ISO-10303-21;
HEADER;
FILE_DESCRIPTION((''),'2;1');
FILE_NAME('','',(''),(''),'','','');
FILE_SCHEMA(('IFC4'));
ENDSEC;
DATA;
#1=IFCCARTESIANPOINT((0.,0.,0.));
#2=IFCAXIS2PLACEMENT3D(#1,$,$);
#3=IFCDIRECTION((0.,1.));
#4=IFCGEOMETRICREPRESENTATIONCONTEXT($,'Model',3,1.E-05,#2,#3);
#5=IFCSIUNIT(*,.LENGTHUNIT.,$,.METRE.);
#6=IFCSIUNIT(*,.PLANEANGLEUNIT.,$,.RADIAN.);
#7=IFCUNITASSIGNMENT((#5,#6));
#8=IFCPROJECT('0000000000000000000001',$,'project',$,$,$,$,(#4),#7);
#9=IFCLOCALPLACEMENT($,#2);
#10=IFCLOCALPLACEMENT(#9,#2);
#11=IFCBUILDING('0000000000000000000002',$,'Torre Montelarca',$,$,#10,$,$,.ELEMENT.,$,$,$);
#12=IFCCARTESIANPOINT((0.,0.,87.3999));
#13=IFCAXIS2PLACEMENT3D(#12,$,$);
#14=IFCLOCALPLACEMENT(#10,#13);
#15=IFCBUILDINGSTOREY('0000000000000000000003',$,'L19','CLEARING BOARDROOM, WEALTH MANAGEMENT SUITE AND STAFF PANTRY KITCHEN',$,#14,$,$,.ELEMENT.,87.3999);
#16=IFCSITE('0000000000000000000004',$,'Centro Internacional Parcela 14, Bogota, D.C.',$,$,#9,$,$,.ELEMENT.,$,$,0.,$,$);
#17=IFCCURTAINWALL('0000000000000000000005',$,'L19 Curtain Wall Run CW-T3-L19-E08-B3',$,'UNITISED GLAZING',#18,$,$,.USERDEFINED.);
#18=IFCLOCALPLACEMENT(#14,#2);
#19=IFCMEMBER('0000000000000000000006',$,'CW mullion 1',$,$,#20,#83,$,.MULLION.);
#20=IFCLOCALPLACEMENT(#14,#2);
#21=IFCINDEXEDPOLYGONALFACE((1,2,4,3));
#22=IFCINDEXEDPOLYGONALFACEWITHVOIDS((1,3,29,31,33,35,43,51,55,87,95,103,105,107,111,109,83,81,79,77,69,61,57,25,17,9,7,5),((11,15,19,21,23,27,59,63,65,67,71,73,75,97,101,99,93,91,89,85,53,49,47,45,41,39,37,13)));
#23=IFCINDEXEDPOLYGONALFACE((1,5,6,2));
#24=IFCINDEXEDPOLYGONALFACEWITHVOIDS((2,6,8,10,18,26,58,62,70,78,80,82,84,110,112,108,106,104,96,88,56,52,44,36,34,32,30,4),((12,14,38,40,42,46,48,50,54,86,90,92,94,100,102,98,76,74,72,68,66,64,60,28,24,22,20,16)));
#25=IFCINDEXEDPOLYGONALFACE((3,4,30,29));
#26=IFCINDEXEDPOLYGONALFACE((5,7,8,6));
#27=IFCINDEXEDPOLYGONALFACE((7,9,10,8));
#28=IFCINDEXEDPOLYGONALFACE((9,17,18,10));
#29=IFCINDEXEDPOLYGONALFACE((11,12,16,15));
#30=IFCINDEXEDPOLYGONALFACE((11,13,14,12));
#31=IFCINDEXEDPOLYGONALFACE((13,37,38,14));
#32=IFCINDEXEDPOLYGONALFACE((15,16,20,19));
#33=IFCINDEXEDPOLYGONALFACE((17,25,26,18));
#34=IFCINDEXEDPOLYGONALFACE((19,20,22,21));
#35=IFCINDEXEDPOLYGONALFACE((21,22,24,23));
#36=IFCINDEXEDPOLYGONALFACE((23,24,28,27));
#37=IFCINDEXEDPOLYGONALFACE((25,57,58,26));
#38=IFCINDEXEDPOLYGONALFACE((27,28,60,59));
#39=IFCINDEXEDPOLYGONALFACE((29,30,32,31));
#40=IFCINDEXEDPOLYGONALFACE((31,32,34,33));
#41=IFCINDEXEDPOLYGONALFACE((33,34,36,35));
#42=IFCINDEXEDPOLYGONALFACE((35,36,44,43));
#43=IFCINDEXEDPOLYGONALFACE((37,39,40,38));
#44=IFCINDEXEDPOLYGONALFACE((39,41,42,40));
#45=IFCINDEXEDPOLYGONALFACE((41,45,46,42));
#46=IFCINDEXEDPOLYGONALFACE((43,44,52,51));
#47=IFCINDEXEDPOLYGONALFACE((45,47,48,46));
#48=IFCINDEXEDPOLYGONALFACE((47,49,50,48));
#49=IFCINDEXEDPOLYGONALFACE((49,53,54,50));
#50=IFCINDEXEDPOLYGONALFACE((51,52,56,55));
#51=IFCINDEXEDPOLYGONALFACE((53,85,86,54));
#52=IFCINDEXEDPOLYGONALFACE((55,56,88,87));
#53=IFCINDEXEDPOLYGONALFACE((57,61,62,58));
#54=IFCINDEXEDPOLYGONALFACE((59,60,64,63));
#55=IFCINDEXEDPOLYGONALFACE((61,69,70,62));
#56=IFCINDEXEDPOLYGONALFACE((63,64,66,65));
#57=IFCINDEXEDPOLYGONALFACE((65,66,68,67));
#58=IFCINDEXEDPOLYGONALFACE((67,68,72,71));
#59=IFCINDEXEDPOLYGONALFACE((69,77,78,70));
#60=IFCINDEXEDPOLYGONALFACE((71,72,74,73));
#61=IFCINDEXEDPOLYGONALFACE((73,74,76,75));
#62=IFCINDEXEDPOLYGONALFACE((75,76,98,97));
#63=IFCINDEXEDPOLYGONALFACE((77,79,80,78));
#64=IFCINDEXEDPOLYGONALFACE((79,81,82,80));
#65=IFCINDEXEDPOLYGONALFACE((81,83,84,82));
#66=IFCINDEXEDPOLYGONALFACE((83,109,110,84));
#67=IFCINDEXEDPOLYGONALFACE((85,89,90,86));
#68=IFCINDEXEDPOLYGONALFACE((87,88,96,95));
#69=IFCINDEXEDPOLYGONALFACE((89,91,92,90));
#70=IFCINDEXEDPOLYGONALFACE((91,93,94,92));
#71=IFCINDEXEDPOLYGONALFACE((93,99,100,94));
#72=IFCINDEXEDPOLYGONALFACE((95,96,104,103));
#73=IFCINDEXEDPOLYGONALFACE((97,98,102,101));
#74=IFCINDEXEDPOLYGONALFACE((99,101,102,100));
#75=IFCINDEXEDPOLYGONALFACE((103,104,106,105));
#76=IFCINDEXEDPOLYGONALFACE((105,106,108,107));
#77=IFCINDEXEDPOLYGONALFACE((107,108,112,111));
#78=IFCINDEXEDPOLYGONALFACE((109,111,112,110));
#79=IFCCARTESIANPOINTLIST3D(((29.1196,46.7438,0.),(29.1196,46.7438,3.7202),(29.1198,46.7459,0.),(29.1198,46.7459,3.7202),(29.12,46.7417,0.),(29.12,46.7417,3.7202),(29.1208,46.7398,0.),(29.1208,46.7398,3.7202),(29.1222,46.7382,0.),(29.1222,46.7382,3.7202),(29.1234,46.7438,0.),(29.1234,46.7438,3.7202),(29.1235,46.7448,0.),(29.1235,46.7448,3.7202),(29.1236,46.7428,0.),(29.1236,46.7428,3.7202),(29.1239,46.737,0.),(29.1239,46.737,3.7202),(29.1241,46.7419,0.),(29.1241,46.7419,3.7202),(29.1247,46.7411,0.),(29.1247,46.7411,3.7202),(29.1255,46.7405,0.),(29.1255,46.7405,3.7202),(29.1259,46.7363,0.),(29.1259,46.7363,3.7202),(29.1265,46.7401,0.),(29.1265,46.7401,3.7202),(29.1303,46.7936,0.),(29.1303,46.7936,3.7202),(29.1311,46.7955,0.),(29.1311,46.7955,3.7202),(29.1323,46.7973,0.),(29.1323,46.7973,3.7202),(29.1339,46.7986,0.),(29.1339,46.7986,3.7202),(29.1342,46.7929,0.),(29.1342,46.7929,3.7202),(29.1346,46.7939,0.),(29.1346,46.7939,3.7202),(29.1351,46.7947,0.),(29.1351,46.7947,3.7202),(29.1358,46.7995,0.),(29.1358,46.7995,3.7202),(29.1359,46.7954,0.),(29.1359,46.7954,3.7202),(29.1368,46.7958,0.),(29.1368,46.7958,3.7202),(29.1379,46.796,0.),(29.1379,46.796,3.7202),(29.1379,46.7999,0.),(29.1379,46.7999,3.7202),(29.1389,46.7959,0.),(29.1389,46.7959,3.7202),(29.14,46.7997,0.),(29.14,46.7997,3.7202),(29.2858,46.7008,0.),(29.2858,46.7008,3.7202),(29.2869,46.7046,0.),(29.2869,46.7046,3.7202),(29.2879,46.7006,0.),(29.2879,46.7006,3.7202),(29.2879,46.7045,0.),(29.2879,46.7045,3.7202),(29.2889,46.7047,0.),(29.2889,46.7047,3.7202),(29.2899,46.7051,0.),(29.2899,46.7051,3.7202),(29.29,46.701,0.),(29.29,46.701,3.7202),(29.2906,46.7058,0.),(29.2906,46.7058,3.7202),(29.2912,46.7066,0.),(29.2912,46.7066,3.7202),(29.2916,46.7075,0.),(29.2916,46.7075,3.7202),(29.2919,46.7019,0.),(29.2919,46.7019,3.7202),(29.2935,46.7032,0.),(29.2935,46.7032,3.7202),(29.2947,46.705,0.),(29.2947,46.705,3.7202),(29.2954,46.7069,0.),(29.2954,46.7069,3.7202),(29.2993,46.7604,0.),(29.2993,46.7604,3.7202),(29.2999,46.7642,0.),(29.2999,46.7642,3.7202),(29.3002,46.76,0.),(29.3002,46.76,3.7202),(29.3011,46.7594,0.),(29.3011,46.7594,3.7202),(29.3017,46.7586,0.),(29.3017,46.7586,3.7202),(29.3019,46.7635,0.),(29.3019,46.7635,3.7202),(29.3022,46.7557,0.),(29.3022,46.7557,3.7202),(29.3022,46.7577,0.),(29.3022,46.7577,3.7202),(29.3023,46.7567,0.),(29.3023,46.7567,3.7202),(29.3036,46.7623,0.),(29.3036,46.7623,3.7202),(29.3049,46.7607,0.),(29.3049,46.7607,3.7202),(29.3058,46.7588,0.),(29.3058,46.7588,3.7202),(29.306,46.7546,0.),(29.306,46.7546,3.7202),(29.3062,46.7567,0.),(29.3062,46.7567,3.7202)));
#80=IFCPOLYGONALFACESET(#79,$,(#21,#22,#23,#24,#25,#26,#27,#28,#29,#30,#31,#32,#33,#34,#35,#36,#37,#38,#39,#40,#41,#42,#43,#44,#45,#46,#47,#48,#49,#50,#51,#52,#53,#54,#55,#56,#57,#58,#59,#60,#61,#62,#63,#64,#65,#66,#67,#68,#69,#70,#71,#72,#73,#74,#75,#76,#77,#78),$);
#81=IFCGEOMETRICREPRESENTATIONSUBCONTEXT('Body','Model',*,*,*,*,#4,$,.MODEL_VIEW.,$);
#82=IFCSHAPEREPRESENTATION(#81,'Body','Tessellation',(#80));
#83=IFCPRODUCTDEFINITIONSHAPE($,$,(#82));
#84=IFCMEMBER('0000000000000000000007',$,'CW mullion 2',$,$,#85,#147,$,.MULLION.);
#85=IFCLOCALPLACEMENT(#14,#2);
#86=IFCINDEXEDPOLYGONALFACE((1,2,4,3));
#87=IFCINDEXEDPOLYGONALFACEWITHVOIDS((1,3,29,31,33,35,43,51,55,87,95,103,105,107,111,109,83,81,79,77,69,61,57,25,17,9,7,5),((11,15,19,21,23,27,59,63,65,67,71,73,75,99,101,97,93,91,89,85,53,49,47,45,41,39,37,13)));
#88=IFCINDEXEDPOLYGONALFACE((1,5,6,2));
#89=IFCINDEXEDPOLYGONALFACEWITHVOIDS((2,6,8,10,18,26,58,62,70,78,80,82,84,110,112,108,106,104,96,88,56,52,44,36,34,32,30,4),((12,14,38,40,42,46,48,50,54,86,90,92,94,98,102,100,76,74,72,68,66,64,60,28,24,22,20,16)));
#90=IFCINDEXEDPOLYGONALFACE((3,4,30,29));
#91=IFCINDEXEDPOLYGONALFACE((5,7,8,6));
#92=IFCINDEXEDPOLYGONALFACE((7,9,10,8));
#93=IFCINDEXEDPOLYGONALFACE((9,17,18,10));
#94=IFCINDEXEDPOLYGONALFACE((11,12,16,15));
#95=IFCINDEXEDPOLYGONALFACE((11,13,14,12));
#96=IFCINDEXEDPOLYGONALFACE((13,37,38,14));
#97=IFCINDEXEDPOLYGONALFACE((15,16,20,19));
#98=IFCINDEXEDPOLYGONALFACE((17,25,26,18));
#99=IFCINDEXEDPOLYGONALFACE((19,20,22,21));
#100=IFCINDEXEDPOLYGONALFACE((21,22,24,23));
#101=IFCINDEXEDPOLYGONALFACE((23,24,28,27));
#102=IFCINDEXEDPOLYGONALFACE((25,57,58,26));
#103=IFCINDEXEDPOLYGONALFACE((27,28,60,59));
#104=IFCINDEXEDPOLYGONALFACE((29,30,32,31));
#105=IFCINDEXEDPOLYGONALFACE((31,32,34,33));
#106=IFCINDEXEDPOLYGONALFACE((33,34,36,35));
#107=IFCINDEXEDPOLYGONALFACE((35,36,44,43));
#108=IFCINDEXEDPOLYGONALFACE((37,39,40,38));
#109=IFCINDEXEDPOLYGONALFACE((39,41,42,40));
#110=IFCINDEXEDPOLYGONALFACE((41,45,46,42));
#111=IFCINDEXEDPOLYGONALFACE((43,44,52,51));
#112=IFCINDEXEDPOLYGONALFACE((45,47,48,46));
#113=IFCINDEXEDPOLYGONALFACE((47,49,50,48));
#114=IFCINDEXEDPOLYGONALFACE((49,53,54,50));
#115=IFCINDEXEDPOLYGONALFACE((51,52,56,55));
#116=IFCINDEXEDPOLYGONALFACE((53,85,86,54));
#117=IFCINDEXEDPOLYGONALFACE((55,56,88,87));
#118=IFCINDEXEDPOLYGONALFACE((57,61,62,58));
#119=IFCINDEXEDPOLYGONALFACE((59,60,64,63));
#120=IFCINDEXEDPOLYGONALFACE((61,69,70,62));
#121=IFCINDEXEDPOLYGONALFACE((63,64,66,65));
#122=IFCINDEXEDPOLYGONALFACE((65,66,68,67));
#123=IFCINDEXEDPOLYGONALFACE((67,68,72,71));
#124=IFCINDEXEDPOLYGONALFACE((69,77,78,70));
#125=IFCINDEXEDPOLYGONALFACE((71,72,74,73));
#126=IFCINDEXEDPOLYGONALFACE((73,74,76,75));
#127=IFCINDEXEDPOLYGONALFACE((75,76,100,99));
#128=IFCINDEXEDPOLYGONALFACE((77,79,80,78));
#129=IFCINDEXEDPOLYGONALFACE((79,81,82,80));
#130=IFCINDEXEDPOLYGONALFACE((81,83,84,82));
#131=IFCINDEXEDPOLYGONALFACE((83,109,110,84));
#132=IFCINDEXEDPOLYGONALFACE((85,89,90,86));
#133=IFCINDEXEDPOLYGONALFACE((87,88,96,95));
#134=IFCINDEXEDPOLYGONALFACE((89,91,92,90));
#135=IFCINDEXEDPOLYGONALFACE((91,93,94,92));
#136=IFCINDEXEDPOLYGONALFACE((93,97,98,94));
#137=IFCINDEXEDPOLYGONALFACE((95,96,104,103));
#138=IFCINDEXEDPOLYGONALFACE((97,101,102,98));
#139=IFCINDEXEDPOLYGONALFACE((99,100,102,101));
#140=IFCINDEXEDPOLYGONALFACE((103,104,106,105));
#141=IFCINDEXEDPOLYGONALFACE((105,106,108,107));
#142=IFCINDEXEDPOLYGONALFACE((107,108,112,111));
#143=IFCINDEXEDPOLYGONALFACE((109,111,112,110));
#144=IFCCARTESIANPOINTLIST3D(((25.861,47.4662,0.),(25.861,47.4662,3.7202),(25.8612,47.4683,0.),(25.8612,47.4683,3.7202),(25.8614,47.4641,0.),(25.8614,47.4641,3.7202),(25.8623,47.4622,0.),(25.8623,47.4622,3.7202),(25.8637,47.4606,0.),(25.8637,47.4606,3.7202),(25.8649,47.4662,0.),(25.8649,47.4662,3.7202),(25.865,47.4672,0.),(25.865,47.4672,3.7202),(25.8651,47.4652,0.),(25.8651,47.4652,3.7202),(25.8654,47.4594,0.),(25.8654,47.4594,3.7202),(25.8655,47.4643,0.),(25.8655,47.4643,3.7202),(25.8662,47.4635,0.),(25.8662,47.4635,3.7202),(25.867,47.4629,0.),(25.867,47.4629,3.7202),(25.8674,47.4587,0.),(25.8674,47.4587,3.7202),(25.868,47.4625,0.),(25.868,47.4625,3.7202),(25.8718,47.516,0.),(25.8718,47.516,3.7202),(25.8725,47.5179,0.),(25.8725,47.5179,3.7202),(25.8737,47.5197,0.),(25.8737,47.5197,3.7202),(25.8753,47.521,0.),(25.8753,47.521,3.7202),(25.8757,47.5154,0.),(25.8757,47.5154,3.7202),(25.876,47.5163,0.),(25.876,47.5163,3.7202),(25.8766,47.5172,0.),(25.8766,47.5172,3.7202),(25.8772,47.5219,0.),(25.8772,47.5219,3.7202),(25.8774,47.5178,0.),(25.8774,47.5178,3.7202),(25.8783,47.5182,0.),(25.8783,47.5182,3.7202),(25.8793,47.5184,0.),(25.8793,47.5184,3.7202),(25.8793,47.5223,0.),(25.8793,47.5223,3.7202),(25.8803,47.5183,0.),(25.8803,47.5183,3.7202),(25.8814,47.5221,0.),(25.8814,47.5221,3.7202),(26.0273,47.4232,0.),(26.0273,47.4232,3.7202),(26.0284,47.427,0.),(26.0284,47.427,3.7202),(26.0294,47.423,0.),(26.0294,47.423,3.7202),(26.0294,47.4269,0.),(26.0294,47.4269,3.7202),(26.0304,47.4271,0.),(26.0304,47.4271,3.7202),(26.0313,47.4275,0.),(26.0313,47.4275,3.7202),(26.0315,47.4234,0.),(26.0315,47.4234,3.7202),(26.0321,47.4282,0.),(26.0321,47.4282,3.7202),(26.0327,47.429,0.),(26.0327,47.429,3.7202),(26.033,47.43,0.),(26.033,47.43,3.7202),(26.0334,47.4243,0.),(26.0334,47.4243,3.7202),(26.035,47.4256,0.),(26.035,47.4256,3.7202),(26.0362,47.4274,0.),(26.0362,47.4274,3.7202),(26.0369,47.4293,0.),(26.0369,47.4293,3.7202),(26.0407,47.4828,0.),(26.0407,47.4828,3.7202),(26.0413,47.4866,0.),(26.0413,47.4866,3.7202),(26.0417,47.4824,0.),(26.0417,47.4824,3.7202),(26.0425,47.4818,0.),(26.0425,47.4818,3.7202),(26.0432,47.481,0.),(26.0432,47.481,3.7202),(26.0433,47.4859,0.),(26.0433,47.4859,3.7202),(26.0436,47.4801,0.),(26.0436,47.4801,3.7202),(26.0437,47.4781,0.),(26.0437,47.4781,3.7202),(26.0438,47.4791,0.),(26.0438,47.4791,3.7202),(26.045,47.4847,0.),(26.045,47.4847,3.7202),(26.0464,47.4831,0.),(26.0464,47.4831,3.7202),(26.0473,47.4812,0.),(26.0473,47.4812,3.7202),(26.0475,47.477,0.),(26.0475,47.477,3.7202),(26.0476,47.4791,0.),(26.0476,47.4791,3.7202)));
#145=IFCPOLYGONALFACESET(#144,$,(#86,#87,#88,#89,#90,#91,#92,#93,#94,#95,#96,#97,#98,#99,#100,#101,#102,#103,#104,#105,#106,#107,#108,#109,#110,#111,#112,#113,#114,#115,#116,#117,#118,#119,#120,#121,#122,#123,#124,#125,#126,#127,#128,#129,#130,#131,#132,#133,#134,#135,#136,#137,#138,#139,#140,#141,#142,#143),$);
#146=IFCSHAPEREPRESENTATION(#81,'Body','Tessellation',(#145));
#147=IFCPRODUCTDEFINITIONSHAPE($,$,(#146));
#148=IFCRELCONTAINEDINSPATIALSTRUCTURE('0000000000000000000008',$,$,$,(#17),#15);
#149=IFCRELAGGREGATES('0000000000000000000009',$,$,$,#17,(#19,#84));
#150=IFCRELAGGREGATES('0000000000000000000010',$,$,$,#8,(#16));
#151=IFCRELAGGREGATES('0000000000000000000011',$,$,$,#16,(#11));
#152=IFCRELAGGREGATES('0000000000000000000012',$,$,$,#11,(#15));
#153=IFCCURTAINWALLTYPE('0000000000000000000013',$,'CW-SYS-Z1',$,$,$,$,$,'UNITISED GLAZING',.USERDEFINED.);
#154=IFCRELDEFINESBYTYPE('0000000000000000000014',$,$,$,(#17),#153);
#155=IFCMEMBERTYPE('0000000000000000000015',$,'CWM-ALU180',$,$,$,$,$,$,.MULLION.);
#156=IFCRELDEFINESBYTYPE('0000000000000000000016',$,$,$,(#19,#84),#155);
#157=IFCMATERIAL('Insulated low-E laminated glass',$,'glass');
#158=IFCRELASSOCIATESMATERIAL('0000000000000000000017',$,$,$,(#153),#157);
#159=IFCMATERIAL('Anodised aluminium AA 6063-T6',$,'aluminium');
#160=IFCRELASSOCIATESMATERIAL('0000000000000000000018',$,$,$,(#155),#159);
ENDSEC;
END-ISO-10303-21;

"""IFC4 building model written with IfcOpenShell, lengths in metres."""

from ifc_helpers import new_model, si_unit, direction, frame, origin, origin_2d, place, context, subcontext, project, spatial, hollow_rectangle, extrude, source, transform, mapped, material, material_profile, profile_set, type_object, element, aggregate, save


model = new_model("IFC4")

# Units and contexts
model_context = context("Model", 3, precision=1e-05, world=origin(), true_north=direction((0.0, 1.0)))
body_context = subcontext(model_context, "Body", "Model", "MODEL_VIEW")
ifc_project = project(units=[si_unit("LENGTHUNIT", "METRE"), si_unit("PLANEANGLEUNIT", "RADIAN")], contexts=[model_context])

# Site, building, storey
site_placement = place(None, origin())
site = spatial("IfcSite", under=ifc_project, at=site_placement, Name="Centro Internacional Parcela 14, Bogota, D.C.", CompositionType="ELEMENT", RefElevation=0.0)
building_placement = place(site_placement, origin())
building = spatial("IfcBuilding", under=site, at=building_placement, Name="Torre Montelarca", CompositionType="ELEMENT")
storey_placement = place(building_placement, frame((0.0, 0.0, 87.3999)))
storey = spatial("IfcBuildingStorey", under=building, at=storey_placement, Name="L19", Description="CLEARING BOARDROOM, WEALTH MANAGEMENT SUITE AND STAFF PANTRY KITCHEN", CompositionType="ELEMENT", Elevation=87.3999)

# Curtain wall
ifc_material_1 = material(Name="Insulated low-E laminated glass", Category="glass")
curtain_wall_type = type_object("IfcCurtainWallType", Name="CW-SYS-Z1", ElementType="UNITISED GLAZING", PredefinedType="USERDEFINED", material=ifc_material_1)
ifc_material_2 = material(Name="Anodised aluminium AA 6063-T6", Category="aluminium")
curtain_wall_1_placement = place(storey_placement, origin())
curtain_wall_1 = element("IfcCurtainWall", 1, at=curtain_wall_1_placement, inside=storey, type_object=curtain_wall_type, Name="L19 Curtain Wall Run CW-T3-L19-E08-B3", ObjectType="UNITISED GLAZING", PredefinedType="USERDEFINED")

# Members
ifc_material_profile_1 = material_profile(ifc_material_2, hollow_rectangle(XDim=0.0649, YDim=0.1799, WallThickness=0.0039, InnerFilletRadius=0.0039, OuterFilletRadius=0.0081, at=origin_2d()), Name="ALU65X180X4", Category="aluminium")
ifc_profile_set_1 = profile_set([ifc_material_profile_1], Name="Anodised aluminium AA 6063-T6")
member_type_1 = type_object("IfcMemberType", Name="CWM-ALU180", PredefinedType="MULLION", material=ifc_profile_set_1)
shared_shape_1 = source(origin(), body_context, "Body", "SweptSolid", [
    extrude(hollow_rectangle(XDim=0.0649, YDim=0.1799, WallThickness=0.0039, InnerFilletRadius=0.0039, OuterFilletRadius=0.0081, at=origin_2d()), origin(), (0.0, 0.0, 1.0), 3.7202),
])
member_1_placement = place(storey_placement, frame((29.2129, 46.7502, 0.0), z_axis=(0.0, 0.0, 1.0), x_axis=(-0.216437, -0.976297, 0.0)))
member_1 = element("IfcMember", 2, at=member_1_placement, type_object=member_type_1, Name="CW mullion 1", PredefinedType="MULLION", context=body_context, shape_type="MappedRepresentation", body=[
    mapped(shared_shape_1, transform((0.0, 0.0, 0.0), scale=1.0)),
])
member_2_placement = place(storey_placement, frame((25.9543, 47.4727, 0.0), z_axis=(0.0, 0.0, 1.0), x_axis=(-0.216437, -0.976297, 0.0)))
member_2 = element("IfcMember", 3, at=member_2_placement, type_object=member_type_1, Name="CW mullion 2", PredefinedType="MULLION", context=body_context, shape_type="MappedRepresentation", body=[
    mapped(shared_shape_1, transform((0.0, 0.0, 0.0), scale=1.0)),
])

aggregate(curtain_wall_1, [member_1, member_2])

save(model, "model.ifc")
